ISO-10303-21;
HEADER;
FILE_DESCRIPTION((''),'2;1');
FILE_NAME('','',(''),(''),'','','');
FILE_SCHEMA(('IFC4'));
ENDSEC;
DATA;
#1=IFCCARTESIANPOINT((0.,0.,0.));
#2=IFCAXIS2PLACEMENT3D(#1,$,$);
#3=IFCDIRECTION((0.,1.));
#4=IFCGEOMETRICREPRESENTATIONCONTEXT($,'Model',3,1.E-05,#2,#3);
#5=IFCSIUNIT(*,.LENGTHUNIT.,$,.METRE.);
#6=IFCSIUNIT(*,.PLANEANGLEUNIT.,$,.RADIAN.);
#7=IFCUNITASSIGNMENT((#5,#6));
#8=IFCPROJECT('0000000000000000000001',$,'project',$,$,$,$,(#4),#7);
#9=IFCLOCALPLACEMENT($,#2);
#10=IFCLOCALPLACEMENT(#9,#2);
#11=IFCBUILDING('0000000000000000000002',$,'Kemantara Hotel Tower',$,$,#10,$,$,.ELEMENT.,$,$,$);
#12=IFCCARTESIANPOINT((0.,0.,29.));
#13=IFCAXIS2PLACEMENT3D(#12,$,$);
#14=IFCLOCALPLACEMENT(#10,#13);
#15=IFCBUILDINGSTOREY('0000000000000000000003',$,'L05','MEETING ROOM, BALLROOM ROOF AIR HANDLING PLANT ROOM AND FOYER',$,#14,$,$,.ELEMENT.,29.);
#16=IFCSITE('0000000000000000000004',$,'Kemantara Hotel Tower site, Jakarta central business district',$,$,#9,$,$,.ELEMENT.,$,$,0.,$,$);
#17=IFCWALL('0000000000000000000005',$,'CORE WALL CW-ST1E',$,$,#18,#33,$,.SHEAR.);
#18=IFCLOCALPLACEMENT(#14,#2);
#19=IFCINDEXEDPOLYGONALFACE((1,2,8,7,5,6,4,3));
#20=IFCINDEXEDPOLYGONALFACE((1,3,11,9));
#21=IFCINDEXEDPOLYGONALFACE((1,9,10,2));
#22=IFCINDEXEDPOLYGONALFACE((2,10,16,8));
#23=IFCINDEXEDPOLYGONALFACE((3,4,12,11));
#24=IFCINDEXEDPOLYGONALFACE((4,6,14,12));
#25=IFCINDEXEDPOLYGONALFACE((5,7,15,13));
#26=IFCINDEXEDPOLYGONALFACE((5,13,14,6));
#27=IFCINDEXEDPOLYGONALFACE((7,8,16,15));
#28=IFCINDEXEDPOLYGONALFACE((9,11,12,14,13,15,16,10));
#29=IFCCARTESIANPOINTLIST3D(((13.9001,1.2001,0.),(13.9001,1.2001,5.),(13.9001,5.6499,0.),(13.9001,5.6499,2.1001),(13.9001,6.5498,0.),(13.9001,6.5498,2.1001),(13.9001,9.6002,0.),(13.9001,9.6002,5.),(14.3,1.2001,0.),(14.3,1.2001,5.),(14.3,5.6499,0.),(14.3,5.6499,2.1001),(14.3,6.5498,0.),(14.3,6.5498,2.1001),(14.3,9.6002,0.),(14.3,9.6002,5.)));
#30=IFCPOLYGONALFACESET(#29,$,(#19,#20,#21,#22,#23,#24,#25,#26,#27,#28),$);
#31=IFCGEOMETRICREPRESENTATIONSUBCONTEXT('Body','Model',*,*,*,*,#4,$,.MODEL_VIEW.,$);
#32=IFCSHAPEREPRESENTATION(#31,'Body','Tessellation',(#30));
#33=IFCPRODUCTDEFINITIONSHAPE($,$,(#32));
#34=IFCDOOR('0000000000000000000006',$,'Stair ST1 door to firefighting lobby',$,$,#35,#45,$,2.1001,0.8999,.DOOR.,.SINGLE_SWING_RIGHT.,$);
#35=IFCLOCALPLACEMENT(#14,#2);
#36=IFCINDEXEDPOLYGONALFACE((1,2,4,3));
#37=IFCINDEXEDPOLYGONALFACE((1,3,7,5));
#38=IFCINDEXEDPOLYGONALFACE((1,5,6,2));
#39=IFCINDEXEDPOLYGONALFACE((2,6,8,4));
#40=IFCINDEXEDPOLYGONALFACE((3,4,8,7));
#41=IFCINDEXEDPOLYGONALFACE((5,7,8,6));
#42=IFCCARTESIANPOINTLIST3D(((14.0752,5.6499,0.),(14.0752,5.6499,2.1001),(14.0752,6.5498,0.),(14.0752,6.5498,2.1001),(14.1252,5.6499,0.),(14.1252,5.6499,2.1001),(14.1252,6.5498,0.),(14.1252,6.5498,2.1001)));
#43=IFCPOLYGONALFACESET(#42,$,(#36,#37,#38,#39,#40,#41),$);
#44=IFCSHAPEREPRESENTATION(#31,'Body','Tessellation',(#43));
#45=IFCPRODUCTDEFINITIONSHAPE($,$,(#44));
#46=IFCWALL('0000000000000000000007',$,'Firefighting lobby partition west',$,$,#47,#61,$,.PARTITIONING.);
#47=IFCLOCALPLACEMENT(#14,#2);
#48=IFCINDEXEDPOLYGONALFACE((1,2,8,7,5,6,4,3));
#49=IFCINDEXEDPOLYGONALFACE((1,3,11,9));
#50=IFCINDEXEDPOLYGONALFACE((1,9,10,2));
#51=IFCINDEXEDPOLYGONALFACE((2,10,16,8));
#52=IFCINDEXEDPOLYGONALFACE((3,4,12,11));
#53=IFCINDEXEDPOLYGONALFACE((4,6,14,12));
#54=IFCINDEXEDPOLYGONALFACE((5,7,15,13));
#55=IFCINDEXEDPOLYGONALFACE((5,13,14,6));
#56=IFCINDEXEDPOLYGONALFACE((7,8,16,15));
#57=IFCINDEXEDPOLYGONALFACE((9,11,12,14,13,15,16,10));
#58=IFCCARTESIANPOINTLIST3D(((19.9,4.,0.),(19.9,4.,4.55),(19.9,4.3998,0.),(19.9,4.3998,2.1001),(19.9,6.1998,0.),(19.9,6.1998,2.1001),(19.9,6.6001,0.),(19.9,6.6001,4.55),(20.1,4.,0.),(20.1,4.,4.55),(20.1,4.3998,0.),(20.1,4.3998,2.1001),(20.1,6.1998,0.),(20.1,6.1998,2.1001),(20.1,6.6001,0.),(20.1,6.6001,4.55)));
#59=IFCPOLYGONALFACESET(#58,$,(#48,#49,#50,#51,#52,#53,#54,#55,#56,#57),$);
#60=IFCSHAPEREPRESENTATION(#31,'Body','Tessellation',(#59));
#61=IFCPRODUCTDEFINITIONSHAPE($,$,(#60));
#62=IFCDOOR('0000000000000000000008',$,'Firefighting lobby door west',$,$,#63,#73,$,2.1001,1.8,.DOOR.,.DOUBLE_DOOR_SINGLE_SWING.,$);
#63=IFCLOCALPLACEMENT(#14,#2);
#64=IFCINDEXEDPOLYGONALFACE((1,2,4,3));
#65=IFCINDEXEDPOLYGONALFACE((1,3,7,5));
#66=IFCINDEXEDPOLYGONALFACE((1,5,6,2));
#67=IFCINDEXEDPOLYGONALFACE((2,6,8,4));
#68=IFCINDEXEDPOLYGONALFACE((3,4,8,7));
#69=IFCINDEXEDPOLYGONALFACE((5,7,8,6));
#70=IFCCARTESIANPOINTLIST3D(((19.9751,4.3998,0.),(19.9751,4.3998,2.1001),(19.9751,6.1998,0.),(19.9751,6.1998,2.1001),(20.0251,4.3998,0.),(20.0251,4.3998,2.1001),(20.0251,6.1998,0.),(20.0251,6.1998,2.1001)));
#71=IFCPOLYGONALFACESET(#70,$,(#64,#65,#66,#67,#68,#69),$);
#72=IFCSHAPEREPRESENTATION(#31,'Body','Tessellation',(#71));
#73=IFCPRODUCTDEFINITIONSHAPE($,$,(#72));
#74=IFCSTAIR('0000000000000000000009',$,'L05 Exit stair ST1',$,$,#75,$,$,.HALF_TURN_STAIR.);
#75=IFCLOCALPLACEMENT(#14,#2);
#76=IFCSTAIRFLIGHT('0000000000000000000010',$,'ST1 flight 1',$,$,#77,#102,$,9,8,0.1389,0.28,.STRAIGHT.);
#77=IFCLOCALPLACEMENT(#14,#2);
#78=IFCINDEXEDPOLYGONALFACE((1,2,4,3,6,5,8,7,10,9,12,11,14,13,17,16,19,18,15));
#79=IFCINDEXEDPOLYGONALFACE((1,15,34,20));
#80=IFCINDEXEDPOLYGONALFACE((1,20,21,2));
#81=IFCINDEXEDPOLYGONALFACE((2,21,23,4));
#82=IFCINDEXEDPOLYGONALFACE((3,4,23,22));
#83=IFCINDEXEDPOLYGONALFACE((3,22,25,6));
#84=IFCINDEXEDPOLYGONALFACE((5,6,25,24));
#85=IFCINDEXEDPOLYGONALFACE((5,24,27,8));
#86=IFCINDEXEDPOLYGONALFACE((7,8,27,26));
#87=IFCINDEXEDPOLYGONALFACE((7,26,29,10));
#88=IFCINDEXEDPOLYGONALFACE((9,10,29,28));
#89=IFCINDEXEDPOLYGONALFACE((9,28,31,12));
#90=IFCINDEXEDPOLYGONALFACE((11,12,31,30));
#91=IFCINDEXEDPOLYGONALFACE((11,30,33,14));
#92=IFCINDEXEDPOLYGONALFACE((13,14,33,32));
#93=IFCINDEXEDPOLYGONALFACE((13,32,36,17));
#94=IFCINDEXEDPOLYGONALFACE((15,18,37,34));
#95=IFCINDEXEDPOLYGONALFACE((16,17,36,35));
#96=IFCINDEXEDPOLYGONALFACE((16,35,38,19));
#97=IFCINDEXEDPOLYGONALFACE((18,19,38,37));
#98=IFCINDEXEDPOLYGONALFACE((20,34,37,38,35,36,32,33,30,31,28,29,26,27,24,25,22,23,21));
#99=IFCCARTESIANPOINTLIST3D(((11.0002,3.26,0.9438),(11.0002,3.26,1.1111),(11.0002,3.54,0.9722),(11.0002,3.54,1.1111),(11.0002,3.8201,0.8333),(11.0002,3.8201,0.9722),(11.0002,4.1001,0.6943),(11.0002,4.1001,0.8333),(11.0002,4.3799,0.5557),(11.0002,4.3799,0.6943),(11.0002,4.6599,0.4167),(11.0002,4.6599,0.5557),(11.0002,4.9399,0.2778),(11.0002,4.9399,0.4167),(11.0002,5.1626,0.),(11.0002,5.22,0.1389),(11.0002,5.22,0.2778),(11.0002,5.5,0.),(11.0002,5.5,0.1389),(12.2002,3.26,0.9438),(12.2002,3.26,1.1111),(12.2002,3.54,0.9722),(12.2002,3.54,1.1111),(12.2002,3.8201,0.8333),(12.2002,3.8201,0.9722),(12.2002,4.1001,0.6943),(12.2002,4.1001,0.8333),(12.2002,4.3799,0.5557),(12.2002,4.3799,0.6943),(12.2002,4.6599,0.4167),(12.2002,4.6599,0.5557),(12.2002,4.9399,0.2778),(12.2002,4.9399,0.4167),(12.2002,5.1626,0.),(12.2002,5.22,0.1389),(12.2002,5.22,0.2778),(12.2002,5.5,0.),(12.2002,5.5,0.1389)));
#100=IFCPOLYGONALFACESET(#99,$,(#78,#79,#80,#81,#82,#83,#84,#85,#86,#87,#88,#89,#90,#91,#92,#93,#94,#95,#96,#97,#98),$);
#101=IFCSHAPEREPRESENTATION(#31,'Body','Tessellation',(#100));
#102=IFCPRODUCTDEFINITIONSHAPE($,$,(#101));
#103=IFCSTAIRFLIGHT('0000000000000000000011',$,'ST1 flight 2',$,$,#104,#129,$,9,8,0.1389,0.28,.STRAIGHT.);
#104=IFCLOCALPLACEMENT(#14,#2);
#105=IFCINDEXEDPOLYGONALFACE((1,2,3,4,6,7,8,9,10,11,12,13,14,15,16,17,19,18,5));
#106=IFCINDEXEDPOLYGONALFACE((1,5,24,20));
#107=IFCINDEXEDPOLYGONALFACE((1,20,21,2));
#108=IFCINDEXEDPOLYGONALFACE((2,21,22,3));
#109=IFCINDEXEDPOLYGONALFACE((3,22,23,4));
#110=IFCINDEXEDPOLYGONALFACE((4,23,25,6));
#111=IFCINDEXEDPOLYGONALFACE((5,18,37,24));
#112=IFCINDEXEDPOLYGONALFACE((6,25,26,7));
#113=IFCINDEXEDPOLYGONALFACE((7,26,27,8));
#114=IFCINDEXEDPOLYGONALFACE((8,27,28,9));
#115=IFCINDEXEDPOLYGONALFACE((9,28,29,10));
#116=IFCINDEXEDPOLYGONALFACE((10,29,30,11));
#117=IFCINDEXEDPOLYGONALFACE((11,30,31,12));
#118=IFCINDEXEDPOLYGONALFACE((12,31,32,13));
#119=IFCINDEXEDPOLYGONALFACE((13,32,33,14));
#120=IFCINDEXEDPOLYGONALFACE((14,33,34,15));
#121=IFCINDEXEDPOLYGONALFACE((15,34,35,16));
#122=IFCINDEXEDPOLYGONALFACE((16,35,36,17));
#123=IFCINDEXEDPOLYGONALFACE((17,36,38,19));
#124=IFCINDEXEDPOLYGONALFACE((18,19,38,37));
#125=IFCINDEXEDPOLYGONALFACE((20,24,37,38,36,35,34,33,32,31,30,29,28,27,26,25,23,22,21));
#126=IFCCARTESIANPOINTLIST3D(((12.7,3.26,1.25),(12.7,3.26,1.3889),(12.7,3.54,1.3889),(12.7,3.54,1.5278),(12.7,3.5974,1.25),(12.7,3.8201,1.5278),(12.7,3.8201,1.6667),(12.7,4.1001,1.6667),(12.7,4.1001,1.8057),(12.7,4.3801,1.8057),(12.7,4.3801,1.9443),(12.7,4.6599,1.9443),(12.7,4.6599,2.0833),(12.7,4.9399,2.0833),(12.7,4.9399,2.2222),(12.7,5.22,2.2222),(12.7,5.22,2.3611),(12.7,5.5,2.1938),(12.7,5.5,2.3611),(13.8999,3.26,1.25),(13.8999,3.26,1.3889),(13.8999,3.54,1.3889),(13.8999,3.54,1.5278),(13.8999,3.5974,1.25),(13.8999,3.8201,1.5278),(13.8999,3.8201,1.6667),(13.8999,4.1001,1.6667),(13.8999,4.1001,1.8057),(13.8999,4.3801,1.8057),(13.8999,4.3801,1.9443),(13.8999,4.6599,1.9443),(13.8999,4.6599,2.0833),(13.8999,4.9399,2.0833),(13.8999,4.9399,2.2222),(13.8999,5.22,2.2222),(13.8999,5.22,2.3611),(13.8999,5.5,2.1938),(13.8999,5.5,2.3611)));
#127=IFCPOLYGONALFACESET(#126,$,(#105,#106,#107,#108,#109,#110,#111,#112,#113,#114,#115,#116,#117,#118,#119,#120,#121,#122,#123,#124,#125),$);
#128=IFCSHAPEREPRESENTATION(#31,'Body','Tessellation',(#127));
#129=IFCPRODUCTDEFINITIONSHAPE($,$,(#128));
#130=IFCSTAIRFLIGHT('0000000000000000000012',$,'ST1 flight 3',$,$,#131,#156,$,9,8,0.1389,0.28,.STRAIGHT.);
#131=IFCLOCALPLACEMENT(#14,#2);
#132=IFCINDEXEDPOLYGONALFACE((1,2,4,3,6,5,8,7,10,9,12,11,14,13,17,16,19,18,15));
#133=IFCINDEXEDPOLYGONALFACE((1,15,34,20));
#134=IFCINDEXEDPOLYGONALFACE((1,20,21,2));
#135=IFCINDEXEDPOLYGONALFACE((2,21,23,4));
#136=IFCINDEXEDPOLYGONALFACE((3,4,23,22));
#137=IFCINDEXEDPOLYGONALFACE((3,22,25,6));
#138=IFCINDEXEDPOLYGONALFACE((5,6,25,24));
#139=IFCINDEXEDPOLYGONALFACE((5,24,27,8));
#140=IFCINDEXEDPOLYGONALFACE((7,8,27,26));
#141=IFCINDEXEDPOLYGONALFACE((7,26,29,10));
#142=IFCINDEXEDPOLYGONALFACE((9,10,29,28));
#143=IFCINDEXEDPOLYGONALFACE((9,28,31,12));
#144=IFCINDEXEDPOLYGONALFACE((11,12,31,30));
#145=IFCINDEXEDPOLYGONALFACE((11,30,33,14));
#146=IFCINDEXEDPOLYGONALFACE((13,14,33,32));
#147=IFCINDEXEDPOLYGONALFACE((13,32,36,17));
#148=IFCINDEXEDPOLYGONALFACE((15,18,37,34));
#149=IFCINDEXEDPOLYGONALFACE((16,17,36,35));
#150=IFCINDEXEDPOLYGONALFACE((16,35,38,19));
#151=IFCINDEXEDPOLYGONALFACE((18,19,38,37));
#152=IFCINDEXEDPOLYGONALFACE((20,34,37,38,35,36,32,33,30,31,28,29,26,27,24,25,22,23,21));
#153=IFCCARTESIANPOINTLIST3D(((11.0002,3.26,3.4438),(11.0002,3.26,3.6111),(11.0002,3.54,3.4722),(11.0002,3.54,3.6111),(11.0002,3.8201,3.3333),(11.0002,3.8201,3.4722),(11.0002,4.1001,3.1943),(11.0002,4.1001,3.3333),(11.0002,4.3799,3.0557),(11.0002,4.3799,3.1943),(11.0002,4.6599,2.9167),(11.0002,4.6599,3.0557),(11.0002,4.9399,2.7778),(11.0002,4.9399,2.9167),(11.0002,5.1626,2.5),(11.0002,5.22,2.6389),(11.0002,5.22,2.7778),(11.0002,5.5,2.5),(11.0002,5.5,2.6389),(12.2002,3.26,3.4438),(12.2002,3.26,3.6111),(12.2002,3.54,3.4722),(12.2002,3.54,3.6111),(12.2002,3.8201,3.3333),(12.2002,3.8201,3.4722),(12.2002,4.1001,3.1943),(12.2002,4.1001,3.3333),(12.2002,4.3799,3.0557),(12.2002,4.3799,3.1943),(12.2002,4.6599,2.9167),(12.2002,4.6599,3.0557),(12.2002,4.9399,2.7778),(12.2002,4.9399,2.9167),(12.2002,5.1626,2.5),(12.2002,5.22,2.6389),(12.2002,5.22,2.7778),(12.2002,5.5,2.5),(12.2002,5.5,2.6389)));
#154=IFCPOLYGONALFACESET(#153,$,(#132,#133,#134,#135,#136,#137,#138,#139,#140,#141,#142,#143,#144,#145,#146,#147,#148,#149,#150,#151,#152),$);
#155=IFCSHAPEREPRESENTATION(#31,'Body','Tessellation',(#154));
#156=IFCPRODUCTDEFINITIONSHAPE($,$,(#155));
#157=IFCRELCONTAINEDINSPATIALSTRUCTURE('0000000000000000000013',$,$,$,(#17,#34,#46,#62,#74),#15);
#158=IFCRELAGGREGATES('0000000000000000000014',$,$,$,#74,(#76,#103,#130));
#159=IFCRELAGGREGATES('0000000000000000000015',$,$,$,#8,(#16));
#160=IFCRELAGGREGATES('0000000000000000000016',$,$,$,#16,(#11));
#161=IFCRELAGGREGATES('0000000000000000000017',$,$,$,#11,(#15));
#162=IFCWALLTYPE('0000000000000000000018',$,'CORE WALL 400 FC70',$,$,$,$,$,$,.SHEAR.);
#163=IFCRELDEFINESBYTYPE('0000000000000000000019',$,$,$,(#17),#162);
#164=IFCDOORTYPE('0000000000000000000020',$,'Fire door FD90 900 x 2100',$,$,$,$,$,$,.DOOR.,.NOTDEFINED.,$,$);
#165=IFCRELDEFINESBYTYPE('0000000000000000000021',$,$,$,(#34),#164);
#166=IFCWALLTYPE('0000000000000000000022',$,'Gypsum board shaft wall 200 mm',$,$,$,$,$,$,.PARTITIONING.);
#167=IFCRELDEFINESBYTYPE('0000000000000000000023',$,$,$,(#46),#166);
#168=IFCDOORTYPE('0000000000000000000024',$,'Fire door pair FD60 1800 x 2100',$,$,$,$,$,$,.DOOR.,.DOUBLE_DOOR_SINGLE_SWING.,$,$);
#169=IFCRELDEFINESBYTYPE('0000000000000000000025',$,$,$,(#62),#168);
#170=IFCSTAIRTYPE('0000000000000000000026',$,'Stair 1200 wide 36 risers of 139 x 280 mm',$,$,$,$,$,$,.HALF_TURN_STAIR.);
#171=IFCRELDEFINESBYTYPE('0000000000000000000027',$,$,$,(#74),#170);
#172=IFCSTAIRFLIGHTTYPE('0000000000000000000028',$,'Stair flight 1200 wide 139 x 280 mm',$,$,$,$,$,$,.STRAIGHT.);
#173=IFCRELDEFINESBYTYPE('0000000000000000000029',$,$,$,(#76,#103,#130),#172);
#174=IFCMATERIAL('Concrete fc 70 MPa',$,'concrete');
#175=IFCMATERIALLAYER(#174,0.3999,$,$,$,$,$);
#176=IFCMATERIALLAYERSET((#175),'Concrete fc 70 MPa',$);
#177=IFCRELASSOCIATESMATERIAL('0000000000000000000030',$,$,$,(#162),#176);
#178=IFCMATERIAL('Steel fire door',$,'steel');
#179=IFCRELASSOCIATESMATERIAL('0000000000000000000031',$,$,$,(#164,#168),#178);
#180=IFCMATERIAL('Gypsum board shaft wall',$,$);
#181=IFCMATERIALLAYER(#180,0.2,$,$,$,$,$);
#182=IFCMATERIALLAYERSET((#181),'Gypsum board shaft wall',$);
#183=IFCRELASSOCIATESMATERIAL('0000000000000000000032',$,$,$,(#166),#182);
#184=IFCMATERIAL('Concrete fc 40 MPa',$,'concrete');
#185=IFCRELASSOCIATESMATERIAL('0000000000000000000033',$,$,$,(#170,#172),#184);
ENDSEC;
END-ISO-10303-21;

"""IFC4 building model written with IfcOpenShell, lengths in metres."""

from ifc_helpers import new_model, si_unit, direction, frame, frame_2d, origin, place, context, subcontext, project, spatial, polyline, rectangle, outline, extrude, material, layer, layer_set, type_object, element, fill, aggregate, save


model = new_model("IFC4")

# Units and contexts
model_context = context("Model", 3, precision=1e-05, world=origin(), true_north=direction((0.0, 1.0)))
body_context = subcontext(model_context, "Body", "Model", "MODEL_VIEW")
ifc_project = project(units=[si_unit("LENGTHUNIT", "METRE"), si_unit("PLANEANGLEUNIT", "RADIAN")], contexts=[model_context])

# Site, building, storey
site_placement = place(None, origin())
site = spatial("IfcSite", under=ifc_project, at=site_placement, Name="Kemantara Hotel Tower site, Jakarta central business district", CompositionType="ELEMENT", RefElevation=0.0)
building_placement = place(site_placement, origin())
building = spatial("IfcBuilding", under=site, at=building_placement, Name="Kemantara Hotel Tower", CompositionType="ELEMENT")
storey_placement = place(building_placement, frame((0.0, 0.0, 29.0)))
storey = spatial("IfcBuildingStorey", under=building, at=storey_placement, Name="L05", Description="MEETING ROOM, BALLROOM ROOF AIR HANDLING PLANT ROOM AND FOYER", CompositionType="ELEMENT", Elevation=29.0)

# Shared definitions
ifc_material_1 = material(Name="Concrete fc 70 MPa", Category="concrete")

# Shared definitions
ifc_layer_1 = layer(ifc_material_1, 0.3999)
ifc_layer_set_1 = layer_set([ifc_layer_1], Name="Concrete fc 70 MPa")
wall_type_1 = type_object("IfcWallType", Name="CORE WALL 400 FC70", PredefinedType="SHEAR", material=ifc_layer_set_1)

# Walls, openings, doors
wall_1_placement = place(storey_placement, frame((14.1001, 1.2, 0.0), z_axis=(0.0, 0.0, 1.0), x_axis=(0.0, 1.0, 0.0)))
wall_1 = element("IfcWall", 1, at=wall_1_placement, inside=storey, type_object=wall_type_1, Name="CORE WALL CW-ST1E", PredefinedType="SHEAR", context=body_context, shape_type="SweptSolid", body=[
    extrude(rectangle(XDim=8.4001, YDim=0.3999, at=frame_2d((4.2002, 0.0))), origin(), (0.0, 0.0, 1.0), 5.0),
])
opening_1_placement = place(wall_1_placement, frame((4.45, 0.0, 0.0)))
opening_1 = element("IfcOpeningElement", 2, at=opening_1_placement, cuts=wall_1, PredefinedType="OPENING", context=body_context, shape_type="SweptSolid", body=[
    extrude(rectangle(XDim=0.8999, YDim=2.1001, at=frame_2d((0.45, 1.05))), frame((0.0, 0.21, 0.0), z_axis=(0.0, -1.0, 0.0), x_axis=(1.0, 0.0, 0.0)), (0.0, 0.0, 1.0), 0.4199),
])
ifc_material_2 = material(Name="Steel fire door", Category="steel")
door_type_1 = type_object("IfcDoorType", Name="Fire door FD90 900 x 2100", OperationType="NOTDEFINED", PredefinedType="DOOR", material=ifc_material_2)
door_1_placement = place(opening_1_placement, origin())
door_1 = element("IfcDoor", 3, at=door_1_placement, inside=storey, type_object=door_type_1, Name="Stair ST1 door to firefighting lobby", OperationType="SINGLE_SWING_RIGHT", OverallHeight=2.1001, OverallWidth=0.8999, PredefinedType="DOOR", context=body_context, shape_type="SweptSolid", body=[
    extrude(rectangle(XDim=0.8999, YDim=2.1001, at=frame_2d((0.45, 1.05))), frame((0.0, 0.0249, 0.0), z_axis=(0.0, -1.0, 0.0), x_axis=(1.0, 0.0, 0.0)), (0.0, 0.0, 1.0), 0.05),
])
fill(opening_1, door_1)
ifc_material_3 = material(Name="Gypsum board shaft wall")
ifc_layer_2 = layer(ifc_material_3, 0.2)
ifc_layer_set_2 = layer_set([ifc_layer_2], Name="Gypsum board shaft wall")
wall_type_2 = type_object("IfcWallType", Name="Gypsum board shaft wall 200 mm", PredefinedType="PARTITIONING", material=ifc_layer_set_2)
wall_2_placement = place(storey_placement, frame((20.0, 4.0, 0.0), z_axis=(0.0, 0.0, 1.0), x_axis=(0.0, 1.0, 0.0)))
wall_2 = element("IfcWall", 4, at=wall_2_placement, inside=storey, type_object=wall_type_2, Name="Firefighting lobby partition west", PredefinedType="PARTITIONING", context=body_context, shape_type="SweptSolid", body=[
    extrude(rectangle(XDim=2.6001, YDim=0.2, at=frame_2d((1.3, 0.0))), origin(), (0.0, 0.0, 1.0), 4.55),
])
opening_2_placement = place(wall_2_placement, frame((0.3999, 0.0, 0.0)))
opening_2 = element("IfcOpeningElement", 5, at=opening_2_placement, cuts=wall_2, PredefinedType="OPENING", context=body_context, shape_type="SweptSolid", body=[
    extrude(rectangle(XDim=1.8, YDim=2.1001, at=frame_2d((0.8999, 1.05))), frame((0.0, 0.1099, 0.0), z_axis=(0.0, -1.0, 0.0), x_axis=(1.0, 0.0, 0.0)), (0.0, 0.0, 1.0), 0.22),
])
door_type_2 = type_object("IfcDoorType", Name="Fire door pair FD60 1800 x 2100", OperationType="DOUBLE_DOOR_SINGLE_SWING", PredefinedType="DOOR", material=ifc_material_2)
door_2_placement = place(opening_2_placement, origin())
door_2 = element("IfcDoor", 6, at=door_2_placement, inside=storey, type_object=door_type_2, Name="Firefighting lobby door west", OperationType="DOUBLE_DOOR_SINGLE_SWING", OverallHeight=2.1001, OverallWidth=1.8, PredefinedType="DOOR", context=body_context, shape_type="SweptSolid", body=[
    extrude(rectangle(XDim=1.8, YDim=2.1001, at=frame_2d((0.8999, 1.05))), frame((0.0, 0.0249, 0.0), z_axis=(0.0, -1.0, 0.0), x_axis=(1.0, 0.0, 0.0)), (0.0, 0.0, 1.0), 0.05),
])
fill(opening_2, door_2)

# Stair, stair flights
ifc_material_4 = material(Name="Concrete fc 40 MPa", Category="concrete")
stair_type = type_object("IfcStairType", Name="Stair 1200 wide 36 risers of 139 x 280 mm", PredefinedType="HALF_TURN_STAIR", material=ifc_material_4)
stair_placement = place(storey_placement, origin())
stair = element("IfcStair", 7, at=stair_placement, inside=storey, type_object=stair_type, Name="L05 Exit stair ST1", PredefinedType="HALF_TURN_STAIR")
stair_flight_type = type_object("IfcStairFlightType", Name="Stair flight 1200 wide 139 x 280 mm", PredefinedType="STRAIGHT", material=ifc_material_4)
stair_flight_1_placement = place(storey_placement, frame((11.6001, 5.5, 0.0), z_axis=(0.0, 0.0, 1.0), x_axis=(0.0, -1.0, 0.0)))
stair_flight_1 = element("IfcStairFlight", 8, at=stair_flight_1_placement, type_object=stair_flight_type, Name="ST1 flight 1", NumberOfRisers=9, NumberOfTreads=8, PredefinedType="STRAIGHT", RiserHeight=0.1389, TreadLength=0.28, context=body_context, shape_type="SweptSolid", body=[
    extrude(outline(polyline([(0.0, 0.0), (0.0, 0.1389), (0.28, 0.1389), (0.28, 0.2778), (0.5601, 0.2778), (0.5601, 0.4167), (0.8401, 0.4167), (0.8401, 0.5557), (1.1201, 0.5557), (1.1201, 0.6943), (1.3999, 0.6943), (1.3999, 0.8333), (1.6799, 0.8333), (1.6799, 0.9722), (1.96, 0.9722), (1.96, 1.1111), (2.24, 1.1111), (2.24, 1.25), (2.24, 0.9438), (0.3374, 0.0), (0.0, 0.0)])), frame((0.0, 0.6001, 0.0), z_axis=(0.0, -1.0, 0.0), x_axis=(1.0, 0.0, 0.0)), (0.0, 0.0, 1.0), 1.2),
])
stair_flight_2_placement = place(storey_placement, frame((13.3, 3.26, 1.25), z_axis=(0.0, 0.0, 1.0), x_axis=(0.0, 1.0, 0.0)))
stair_flight_2 = element("IfcStairFlight", 9, at=stair_flight_2_placement, type_object=stair_flight_type, Name="ST1 flight 2", NumberOfRisers=9, NumberOfTreads=8, PredefinedType="STRAIGHT", RiserHeight=0.1389, TreadLength=0.28, context=body_context, shape_type="SweptSolid", body=[
    extrude(outline(polyline([(0.0, 0.0), (0.0, 0.1389), (0.28, 0.1389), (0.28, 0.2778), (0.5601, 0.2778), (0.5601, 0.4167), (0.8401, 0.4167), (0.8401, 0.5557), (1.1201, 0.5557), (1.1201, 0.6943), (1.3999, 0.6943), (1.3999, 0.8333), (1.6799, 0.8333), (1.6799, 0.9722), (1.96, 0.9722), (1.96, 1.1111), (2.24, 1.1111), (2.24, 1.25), (2.24, 0.9438), (0.3374, 0.0), (0.0, 0.0)])), frame((0.0, 0.6001, 0.0), z_axis=(0.0, -1.0, 0.0), x_axis=(1.0, 0.0, 0.0)), (0.0, 0.0, 1.0), 1.2),
])
stair_flight_3_placement = place(storey_placement, frame((11.6001, 5.5, 2.5), z_axis=(0.0, 0.0, 1.0), x_axis=(0.0, -1.0, 0.0)))
stair_flight_3 = element("IfcStairFlight", 10, at=stair_flight_3_placement, type_object=stair_flight_type, Name="ST1 flight 3", NumberOfRisers=9, NumberOfTreads=8, PredefinedType="STRAIGHT", RiserHeight=0.1389, TreadLength=0.28, context=body_context, shape_type="SweptSolid", body=[
    extrude(outline(polyline([(0.0, 0.0), (0.0, 0.1389), (0.28, 0.1389), (0.28, 0.2778), (0.5601, 0.2778), (0.5601, 0.4167), (0.8401, 0.4167), (0.8401, 0.5557), (1.1201, 0.5557), (1.1201, 0.6943), (1.3999, 0.6943), (1.3999, 0.8333), (1.6799, 0.8333), (1.6799, 0.9722), (1.96, 0.9722), (1.96, 1.1111), (2.24, 1.1111), (2.24, 1.25), (2.24, 0.9438), (0.3374, 0.0), (0.0, 0.0)])), frame((0.0, 0.6001, 0.0), z_axis=(0.0, -1.0, 0.0), x_axis=(1.0, 0.0, 0.0)), (0.0, 0.0, 1.0), 1.2),
])
aggregate(stair, [stair_flight_1, stair_flight_2, stair_flight_3])

save(model, "model.ifc")
